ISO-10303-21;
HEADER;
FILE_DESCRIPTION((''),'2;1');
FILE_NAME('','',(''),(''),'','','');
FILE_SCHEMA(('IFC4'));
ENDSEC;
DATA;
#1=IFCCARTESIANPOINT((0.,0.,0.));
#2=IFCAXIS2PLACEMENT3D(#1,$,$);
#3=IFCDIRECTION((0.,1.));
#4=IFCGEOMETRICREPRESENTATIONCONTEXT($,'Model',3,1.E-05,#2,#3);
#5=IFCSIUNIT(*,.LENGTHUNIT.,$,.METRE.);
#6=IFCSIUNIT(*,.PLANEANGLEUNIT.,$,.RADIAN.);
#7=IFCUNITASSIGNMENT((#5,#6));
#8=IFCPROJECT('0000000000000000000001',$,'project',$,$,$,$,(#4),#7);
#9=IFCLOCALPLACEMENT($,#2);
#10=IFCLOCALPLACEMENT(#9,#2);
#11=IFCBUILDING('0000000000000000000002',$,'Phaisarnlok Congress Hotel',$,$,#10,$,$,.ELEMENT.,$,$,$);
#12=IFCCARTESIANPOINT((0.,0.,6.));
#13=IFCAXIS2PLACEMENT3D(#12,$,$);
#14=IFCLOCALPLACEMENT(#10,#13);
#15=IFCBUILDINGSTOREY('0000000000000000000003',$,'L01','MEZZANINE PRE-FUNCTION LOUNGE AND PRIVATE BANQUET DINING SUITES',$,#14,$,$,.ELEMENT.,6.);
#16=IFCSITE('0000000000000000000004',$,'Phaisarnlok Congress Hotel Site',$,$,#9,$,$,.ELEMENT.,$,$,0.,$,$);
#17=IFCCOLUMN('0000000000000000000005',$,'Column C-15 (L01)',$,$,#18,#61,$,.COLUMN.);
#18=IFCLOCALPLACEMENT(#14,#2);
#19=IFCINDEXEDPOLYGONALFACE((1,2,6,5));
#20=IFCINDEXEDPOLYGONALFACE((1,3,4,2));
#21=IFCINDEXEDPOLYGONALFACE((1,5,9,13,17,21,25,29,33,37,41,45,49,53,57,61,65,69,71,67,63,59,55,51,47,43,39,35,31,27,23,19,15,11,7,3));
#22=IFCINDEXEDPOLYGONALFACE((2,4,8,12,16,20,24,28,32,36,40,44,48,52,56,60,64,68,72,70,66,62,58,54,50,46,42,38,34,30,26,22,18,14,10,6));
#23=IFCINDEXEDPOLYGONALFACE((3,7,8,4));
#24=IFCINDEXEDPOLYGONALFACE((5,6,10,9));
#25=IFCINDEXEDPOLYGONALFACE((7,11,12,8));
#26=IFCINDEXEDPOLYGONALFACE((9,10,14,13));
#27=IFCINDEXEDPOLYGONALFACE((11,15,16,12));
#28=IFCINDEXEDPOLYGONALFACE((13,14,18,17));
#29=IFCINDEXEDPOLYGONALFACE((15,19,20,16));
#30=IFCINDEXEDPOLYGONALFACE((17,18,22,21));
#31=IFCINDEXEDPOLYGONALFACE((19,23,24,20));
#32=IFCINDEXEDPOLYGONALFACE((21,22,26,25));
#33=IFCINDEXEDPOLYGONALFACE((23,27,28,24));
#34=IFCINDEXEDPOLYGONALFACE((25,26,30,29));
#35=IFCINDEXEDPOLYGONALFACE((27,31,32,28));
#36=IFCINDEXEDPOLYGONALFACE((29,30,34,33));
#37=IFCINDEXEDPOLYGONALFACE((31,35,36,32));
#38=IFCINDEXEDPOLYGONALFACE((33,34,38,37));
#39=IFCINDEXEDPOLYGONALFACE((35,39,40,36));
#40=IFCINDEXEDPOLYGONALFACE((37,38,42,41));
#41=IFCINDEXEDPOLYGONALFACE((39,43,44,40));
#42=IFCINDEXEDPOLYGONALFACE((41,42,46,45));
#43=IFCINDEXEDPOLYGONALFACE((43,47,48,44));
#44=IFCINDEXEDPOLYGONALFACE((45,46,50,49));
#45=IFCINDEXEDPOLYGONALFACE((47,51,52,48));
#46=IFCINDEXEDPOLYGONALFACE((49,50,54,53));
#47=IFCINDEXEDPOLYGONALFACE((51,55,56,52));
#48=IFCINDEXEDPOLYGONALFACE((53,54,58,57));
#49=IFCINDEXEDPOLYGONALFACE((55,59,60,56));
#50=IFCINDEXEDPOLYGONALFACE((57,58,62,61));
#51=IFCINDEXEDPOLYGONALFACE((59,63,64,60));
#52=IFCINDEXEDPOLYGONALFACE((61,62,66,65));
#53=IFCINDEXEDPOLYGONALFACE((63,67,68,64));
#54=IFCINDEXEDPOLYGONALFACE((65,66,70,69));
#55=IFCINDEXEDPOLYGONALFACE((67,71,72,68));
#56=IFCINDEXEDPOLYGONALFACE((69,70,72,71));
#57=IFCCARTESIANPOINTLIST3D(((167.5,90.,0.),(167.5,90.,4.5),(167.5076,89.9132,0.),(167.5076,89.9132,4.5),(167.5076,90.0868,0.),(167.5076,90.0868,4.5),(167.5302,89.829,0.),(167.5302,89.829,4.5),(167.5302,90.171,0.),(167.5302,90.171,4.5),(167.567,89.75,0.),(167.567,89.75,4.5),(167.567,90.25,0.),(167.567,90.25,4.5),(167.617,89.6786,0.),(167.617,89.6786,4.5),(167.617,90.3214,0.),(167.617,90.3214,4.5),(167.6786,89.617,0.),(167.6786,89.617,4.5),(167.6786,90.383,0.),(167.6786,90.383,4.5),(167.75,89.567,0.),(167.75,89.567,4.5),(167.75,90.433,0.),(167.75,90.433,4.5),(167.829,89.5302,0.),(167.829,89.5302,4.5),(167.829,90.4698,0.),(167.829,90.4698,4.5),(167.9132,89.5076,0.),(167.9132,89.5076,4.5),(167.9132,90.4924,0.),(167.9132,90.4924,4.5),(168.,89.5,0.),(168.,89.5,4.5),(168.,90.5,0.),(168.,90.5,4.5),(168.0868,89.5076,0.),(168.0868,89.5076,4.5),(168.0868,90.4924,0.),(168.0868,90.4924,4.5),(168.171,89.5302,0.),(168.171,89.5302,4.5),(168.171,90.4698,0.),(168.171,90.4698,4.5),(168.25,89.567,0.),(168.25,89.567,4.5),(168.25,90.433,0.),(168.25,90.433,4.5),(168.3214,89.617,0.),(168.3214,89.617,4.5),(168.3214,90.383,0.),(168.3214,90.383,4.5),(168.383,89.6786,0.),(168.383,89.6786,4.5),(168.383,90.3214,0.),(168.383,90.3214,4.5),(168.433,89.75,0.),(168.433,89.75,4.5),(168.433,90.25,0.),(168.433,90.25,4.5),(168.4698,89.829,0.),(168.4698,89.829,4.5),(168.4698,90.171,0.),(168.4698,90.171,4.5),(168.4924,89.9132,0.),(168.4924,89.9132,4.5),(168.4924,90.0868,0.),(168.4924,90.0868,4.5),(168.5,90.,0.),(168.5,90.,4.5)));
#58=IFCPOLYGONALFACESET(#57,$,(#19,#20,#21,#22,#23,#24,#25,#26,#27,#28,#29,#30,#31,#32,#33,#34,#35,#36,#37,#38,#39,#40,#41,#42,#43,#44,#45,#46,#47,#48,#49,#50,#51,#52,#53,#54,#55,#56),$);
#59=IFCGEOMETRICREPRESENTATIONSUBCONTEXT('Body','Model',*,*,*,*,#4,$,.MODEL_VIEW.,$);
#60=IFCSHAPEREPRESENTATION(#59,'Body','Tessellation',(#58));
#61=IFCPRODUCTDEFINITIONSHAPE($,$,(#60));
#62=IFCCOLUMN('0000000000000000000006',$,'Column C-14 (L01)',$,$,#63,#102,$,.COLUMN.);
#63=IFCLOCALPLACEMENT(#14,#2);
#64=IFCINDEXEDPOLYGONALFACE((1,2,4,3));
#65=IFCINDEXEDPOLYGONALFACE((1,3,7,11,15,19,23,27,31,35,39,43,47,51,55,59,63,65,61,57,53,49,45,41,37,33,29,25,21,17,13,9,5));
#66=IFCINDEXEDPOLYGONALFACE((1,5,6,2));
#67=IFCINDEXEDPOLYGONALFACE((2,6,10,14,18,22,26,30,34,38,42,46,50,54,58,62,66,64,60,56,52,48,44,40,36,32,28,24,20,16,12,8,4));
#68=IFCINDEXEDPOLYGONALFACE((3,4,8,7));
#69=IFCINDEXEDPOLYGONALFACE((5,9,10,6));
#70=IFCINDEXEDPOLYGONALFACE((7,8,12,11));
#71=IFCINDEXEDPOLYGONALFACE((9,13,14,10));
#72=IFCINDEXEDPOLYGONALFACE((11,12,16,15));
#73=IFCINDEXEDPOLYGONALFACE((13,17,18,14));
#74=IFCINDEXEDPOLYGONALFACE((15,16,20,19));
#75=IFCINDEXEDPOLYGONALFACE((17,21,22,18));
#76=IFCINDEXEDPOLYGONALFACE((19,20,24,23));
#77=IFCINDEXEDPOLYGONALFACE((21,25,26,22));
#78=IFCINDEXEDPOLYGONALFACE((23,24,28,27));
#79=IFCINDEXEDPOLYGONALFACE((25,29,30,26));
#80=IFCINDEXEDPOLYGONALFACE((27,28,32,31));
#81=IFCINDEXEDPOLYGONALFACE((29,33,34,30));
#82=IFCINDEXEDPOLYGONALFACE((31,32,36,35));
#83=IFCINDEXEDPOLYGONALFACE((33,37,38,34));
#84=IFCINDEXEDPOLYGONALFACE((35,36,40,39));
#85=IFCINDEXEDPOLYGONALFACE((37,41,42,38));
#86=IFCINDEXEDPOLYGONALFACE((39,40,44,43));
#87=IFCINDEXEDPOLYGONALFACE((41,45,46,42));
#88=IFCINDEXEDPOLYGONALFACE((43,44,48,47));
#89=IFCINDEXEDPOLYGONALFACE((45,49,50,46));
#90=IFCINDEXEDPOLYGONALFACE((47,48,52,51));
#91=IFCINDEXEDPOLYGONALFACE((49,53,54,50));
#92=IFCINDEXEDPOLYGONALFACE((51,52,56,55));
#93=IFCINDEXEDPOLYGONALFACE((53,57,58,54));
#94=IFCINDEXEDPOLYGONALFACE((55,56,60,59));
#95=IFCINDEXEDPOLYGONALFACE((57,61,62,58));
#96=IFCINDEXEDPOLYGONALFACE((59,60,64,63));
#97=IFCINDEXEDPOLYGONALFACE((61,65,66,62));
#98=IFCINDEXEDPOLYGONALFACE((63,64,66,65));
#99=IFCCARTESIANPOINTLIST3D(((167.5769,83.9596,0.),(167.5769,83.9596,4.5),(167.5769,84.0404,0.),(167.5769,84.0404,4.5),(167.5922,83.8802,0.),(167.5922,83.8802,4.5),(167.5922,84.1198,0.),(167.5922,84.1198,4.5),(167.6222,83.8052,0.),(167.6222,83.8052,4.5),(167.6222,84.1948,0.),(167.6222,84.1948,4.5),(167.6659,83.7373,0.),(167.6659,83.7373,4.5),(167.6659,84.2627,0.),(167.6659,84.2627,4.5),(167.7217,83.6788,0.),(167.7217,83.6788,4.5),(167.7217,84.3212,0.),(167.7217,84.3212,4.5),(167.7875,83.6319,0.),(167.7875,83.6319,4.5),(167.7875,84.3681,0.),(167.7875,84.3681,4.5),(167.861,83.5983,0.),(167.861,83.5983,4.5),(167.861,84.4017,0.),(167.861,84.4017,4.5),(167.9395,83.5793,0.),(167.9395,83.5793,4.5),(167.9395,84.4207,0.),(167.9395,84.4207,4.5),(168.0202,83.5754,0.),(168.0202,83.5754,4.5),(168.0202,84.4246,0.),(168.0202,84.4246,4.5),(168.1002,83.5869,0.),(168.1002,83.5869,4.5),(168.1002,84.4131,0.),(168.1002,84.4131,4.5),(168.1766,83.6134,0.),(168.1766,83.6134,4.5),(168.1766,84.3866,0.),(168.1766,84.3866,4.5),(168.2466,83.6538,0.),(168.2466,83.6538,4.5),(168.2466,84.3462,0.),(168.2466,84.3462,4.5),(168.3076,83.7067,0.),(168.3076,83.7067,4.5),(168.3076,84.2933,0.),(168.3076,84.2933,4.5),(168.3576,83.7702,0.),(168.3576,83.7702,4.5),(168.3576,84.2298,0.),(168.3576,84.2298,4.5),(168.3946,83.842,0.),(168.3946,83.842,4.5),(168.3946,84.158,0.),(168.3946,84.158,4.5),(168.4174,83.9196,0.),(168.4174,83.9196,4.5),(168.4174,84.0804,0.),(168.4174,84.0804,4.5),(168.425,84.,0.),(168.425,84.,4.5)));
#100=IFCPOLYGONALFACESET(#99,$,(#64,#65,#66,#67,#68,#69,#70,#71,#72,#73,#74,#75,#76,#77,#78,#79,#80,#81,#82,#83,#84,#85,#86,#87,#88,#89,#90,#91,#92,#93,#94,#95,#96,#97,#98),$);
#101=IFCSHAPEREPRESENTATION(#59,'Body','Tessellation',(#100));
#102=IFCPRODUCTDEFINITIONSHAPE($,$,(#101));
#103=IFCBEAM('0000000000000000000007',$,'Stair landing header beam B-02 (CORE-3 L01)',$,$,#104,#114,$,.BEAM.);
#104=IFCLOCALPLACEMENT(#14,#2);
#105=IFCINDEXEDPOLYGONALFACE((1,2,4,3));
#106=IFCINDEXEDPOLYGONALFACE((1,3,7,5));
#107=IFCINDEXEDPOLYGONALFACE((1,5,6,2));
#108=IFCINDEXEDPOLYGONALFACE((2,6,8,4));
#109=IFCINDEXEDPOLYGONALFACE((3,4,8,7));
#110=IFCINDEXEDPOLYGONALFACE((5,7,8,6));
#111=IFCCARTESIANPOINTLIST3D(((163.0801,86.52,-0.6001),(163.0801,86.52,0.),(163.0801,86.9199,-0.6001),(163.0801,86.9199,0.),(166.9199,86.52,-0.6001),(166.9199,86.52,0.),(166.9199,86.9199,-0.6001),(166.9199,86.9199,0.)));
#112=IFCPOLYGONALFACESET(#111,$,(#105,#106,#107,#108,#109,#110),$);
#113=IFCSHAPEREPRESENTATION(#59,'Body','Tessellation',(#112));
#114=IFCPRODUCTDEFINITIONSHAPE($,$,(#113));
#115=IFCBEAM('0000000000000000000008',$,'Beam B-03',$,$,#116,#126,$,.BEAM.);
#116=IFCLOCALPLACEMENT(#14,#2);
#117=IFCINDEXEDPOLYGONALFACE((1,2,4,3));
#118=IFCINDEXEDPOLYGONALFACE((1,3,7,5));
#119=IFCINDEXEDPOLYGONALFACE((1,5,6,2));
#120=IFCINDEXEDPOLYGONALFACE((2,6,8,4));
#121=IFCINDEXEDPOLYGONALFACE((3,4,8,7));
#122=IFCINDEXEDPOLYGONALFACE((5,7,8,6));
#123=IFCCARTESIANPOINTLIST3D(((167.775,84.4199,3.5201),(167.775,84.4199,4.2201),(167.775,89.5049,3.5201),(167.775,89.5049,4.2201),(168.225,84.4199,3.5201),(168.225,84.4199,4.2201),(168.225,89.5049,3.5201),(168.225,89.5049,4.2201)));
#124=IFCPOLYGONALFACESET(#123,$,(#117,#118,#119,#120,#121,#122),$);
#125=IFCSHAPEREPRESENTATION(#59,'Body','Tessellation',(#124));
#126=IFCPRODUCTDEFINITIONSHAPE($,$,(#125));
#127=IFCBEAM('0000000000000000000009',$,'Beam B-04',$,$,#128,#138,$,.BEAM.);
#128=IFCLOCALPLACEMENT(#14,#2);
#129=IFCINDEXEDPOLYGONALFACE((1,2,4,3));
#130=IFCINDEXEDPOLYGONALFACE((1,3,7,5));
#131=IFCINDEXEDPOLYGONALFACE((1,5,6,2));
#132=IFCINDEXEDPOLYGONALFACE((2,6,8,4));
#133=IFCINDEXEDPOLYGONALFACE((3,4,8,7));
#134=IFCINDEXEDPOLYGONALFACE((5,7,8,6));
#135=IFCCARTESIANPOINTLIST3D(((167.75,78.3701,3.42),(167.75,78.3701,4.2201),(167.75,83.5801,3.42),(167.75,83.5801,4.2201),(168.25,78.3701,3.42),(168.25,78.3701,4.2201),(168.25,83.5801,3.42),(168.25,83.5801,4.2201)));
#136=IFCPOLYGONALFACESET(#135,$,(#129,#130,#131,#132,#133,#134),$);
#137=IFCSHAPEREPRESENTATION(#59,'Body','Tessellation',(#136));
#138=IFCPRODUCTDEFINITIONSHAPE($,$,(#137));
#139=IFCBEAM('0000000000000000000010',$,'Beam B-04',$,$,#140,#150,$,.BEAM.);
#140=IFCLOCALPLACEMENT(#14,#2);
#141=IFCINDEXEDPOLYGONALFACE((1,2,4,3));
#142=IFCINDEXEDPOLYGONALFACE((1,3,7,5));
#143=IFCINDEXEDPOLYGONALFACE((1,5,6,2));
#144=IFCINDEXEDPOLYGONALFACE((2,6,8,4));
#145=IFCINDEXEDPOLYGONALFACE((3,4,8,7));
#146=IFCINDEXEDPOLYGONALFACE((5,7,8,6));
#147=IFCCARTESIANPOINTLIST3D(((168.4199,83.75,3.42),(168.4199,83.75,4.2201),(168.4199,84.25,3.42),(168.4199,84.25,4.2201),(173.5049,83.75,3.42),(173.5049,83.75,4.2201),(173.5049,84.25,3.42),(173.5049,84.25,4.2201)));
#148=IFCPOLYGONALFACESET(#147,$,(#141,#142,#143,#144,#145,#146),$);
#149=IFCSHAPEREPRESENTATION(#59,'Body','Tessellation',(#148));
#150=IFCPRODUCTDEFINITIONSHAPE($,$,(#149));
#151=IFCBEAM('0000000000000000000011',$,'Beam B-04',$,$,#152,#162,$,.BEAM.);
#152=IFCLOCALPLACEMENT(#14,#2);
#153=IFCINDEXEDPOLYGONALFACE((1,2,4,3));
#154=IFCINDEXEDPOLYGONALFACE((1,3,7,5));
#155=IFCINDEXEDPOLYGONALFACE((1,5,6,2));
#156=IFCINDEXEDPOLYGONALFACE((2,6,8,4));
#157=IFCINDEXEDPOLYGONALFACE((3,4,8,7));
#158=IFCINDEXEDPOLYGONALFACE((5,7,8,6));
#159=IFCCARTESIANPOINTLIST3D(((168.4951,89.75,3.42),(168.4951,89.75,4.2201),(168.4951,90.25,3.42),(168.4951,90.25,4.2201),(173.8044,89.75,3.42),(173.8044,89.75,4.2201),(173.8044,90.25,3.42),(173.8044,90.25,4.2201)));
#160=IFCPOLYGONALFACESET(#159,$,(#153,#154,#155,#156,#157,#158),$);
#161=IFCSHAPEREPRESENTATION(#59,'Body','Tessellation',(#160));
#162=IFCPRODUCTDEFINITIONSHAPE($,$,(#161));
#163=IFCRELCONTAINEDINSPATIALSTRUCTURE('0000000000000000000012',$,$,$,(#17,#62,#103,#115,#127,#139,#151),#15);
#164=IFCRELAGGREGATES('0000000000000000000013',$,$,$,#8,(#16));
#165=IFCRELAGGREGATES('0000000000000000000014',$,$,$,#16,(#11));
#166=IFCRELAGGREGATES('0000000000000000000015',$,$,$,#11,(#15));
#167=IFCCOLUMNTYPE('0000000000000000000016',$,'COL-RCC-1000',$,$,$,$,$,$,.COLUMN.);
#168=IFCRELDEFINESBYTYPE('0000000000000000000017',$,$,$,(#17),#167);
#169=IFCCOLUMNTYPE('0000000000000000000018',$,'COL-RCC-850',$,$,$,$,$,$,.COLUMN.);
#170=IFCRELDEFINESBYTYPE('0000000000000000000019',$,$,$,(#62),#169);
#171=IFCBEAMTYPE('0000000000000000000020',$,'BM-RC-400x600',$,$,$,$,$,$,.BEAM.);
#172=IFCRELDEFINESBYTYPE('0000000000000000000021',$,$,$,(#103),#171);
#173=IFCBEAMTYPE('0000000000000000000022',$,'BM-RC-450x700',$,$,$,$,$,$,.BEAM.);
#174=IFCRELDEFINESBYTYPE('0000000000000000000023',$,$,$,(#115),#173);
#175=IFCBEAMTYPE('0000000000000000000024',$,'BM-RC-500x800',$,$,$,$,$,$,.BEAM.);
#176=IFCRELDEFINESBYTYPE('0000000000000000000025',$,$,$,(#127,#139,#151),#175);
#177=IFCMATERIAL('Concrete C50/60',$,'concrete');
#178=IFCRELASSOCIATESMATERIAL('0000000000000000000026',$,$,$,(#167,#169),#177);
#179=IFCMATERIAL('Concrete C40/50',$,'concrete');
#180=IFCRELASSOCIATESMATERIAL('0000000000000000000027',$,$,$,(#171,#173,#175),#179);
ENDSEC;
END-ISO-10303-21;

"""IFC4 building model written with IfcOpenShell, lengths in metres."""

from ifc_helpers import new_model, si_unit, direction, frame, origin, origin_2d, place, context, subcontext, project, spatial, rectangle, circle, extrude, material, material_profile, profile_set, type_object, element, save


model = new_model("IFC4")

# Units and contexts
model_context = context("Model", 3, precision=1e-05, world=origin(), true_north=direction((0.0, 1.0)))
body_context = subcontext(model_context, "Body", "Model", "MODEL_VIEW")
ifc_project = project(units=[si_unit("LENGTHUNIT", "METRE"), si_unit("PLANEANGLEUNIT", "RADIAN")], contexts=[model_context])

# Site, building, storey
site_placement = place(None, origin())
site = spatial("IfcSite", under=ifc_project, at=site_placement, Name="Phaisarnlok Congress Hotel Site", CompositionType="ELEMENT", RefElevation=0.0)
building_placement = place(site_placement, origin())
building = spatial("IfcBuilding", under=site, at=building_placement, Name="Phaisarnlok Congress Hotel", CompositionType="ELEMENT")
storey_placement = place(building_placement, frame((0.0, 0.0, 6.0)))
storey = spatial("IfcBuildingStorey", under=building, at=storey_placement, Name="L01", Description="MEZZANINE PRE-FUNCTION LOUNGE AND PRIVATE BANQUET DINING SUITES", CompositionType="ELEMENT", Elevation=6.0)

# Columns
ifc_material_1 = material(Name="Concrete C50/60", Category="concrete")
ifc_material_profile_1 = material_profile(ifc_material_1, circle(Radius=0.5, at=origin_2d()), Name="RCC D1000")
ifc_profile_set_1 = profile_set([ifc_material_profile_1], Name="Concrete C50/60")
column_type_1 = type_object("IfcColumnType", Name="COL-RCC-1000", PredefinedType="COLUMN", material=ifc_profile_set_1)
column_1_placement = place(storey_placement, frame((168.0, 90.0, 0.0), z_axis=(0.0, 0.0, 1.0), x_axis=(1.0, 0.0, 0.0)))
element("IfcColumn", 1, at=column_1_placement, inside=storey, type_object=column_type_1, Name="Column C-15 (L01)", PredefinedType="COLUMN", context=body_context, shape_type="SweptSolid", body=[
    extrude(circle(Radius=0.5, at=origin_2d()), origin(), (0.0, 0.0, 1.0), 4.5),
])
ifc_material_profile_2 = material_profile(ifc_material_1, circle(Radius=0.425, at=origin_2d()), Name="RCC D850")
ifc_profile_set_2 = profile_set([ifc_material_profile_2], Name="Concrete C50/60")
column_type_2 = type_object("IfcColumnType", Name="COL-RCC-850", PredefinedType="COLUMN", material=ifc_profile_set_2)
column_2_placement = place(storey_placement, frame((168.0, 84.0, 0.0), z_axis=(0.0, 0.0, 1.0), x_axis=(1.0, 0.0, 0.0)))
element("IfcColumn", 2, at=column_2_placement, inside=storey, type_object=column_type_2, Name="Column C-14 (L01)", PredefinedType="COLUMN", context=body_context, shape_type="SweptSolid", body=[
    extrude(circle(Radius=0.425, at=origin_2d()), origin(), (0.0, 0.0, 1.0), 4.5),
])

# Beams
ifc_material_2 = material(Name="Concrete C40/50", Category="concrete")
ifc_material_profile_3 = material_profile(ifc_material_2, rectangle(XDim=0.3999, YDim=0.6001, at=origin_2d()), Name="RC 400x600")
ifc_profile_set_3 = profile_set([ifc_material_profile_3], Name="Concrete C40/50")
beam_type_1 = type_object("IfcBeamType", Name="BM-RC-400x600", PredefinedType="BEAM", material=ifc_profile_set_3)
beam_1_placement = place(storey_placement, frame((163.0801, 86.72, -0.3), z_axis=(1.0, 0.0, 0.0), x_axis=(0.0, 1.0, 0.0)))
element("IfcBeam", 3, at=beam_1_placement, inside=storey, type_object=beam_type_1, Name="Stair landing header beam B-02 (CORE-3 L01)", PredefinedType="BEAM", context=body_context, shape_type="SweptSolid", body=[
    extrude(rectangle(XDim=0.3999, YDim=0.6001, at=origin_2d()), origin(), (0.0, 0.0, 1.0), 3.8398),
])
ifc_material_profile_4 = material_profile(ifc_material_2, rectangle(XDim=0.45, YDim=0.7, at=origin_2d()), Name="RC 450x700")
ifc_profile_set_4 = profile_set([ifc_material_profile_4], Name="Concrete C40/50")
beam_type_2 = type_object("IfcBeamType", Name="BM-RC-450x700", PredefinedType="BEAM", material=ifc_profile_set_4)
beam_2_placement = place(storey_placement, frame((168.0, 84.4199, 3.8701), z_axis=(0.0, 1.0, 0.0), x_axis=(-1.0, 0.0, 0.0)))
element("IfcBeam", 4, at=beam_2_placement, inside=storey, type_object=beam_type_2, Name="Beam B-03", PredefinedType="BEAM", context=body_context, shape_type="SweptSolid", body=[
    extrude(rectangle(XDim=0.45, YDim=0.7, at=origin_2d()), origin(), (0.0, 0.0, 1.0), 5.085),
])
ifc_material_profile_5 = material_profile(ifc_material_2, rectangle(XDim=0.5, YDim=0.8, at=origin_2d()), Name="RC 500x800")
ifc_profile_set_5 = profile_set([ifc_material_profile_5], Name="Concrete C40/50")
beam_type_3 = type_object("IfcBeamType", Name="BM-RC-500x800", PredefinedType="BEAM", material=ifc_profile_set_5)
beam_3_placement = place(storey_placement, frame((168.0, 78.3701, 3.8201), z_axis=(0.0, 1.0, 0.0), x_axis=(-1.0, 0.0, 0.0)))
element("IfcBeam", 5, at=beam_3_placement, inside=storey, type_object=beam_type_3, Name="Beam B-04", PredefinedType="BEAM", context=body_context, shape_type="SweptSolid", body=[
    extrude(rectangle(XDim=0.5, YDim=0.8, at=origin_2d()), origin(), (0.0, 0.0, 1.0), 5.21),
])
beam_4_placement = place(storey_placement, frame((168.4199, 84.0, 3.8201), z_axis=(1.0, 0.0, 0.0), x_axis=(0.0, 1.0, 0.0)))
element("IfcBeam", 6, at=beam_4_placement, inside=storey, type_object=beam_type_3, Name="Beam B-04", PredefinedType="BEAM", context=body_context, shape_type="SweptSolid", body=[
    extrude(rectangle(XDim=0.5, YDim=0.8, at=origin_2d()), origin(), (0.0, 0.0, 1.0), 5.085),
])
beam_5_placement = place(storey_placement, frame((168.4951, 90.0, 3.8201), z_axis=(1.0, 0.0, 0.0), x_axis=(0.0, 1.0, 0.0)))
element("IfcBeam", 7, at=beam_5_placement, inside=storey, type_object=beam_type_3, Name="Beam B-04", PredefinedType="BEAM", context=body_context, shape_type="SweptSolid", body=[
    extrude(rectangle(XDim=0.5, YDim=0.8, at=origin_2d()), origin(), (0.0, 0.0, 1.0), 5.3093),
])

save(model, "model.ifc")
